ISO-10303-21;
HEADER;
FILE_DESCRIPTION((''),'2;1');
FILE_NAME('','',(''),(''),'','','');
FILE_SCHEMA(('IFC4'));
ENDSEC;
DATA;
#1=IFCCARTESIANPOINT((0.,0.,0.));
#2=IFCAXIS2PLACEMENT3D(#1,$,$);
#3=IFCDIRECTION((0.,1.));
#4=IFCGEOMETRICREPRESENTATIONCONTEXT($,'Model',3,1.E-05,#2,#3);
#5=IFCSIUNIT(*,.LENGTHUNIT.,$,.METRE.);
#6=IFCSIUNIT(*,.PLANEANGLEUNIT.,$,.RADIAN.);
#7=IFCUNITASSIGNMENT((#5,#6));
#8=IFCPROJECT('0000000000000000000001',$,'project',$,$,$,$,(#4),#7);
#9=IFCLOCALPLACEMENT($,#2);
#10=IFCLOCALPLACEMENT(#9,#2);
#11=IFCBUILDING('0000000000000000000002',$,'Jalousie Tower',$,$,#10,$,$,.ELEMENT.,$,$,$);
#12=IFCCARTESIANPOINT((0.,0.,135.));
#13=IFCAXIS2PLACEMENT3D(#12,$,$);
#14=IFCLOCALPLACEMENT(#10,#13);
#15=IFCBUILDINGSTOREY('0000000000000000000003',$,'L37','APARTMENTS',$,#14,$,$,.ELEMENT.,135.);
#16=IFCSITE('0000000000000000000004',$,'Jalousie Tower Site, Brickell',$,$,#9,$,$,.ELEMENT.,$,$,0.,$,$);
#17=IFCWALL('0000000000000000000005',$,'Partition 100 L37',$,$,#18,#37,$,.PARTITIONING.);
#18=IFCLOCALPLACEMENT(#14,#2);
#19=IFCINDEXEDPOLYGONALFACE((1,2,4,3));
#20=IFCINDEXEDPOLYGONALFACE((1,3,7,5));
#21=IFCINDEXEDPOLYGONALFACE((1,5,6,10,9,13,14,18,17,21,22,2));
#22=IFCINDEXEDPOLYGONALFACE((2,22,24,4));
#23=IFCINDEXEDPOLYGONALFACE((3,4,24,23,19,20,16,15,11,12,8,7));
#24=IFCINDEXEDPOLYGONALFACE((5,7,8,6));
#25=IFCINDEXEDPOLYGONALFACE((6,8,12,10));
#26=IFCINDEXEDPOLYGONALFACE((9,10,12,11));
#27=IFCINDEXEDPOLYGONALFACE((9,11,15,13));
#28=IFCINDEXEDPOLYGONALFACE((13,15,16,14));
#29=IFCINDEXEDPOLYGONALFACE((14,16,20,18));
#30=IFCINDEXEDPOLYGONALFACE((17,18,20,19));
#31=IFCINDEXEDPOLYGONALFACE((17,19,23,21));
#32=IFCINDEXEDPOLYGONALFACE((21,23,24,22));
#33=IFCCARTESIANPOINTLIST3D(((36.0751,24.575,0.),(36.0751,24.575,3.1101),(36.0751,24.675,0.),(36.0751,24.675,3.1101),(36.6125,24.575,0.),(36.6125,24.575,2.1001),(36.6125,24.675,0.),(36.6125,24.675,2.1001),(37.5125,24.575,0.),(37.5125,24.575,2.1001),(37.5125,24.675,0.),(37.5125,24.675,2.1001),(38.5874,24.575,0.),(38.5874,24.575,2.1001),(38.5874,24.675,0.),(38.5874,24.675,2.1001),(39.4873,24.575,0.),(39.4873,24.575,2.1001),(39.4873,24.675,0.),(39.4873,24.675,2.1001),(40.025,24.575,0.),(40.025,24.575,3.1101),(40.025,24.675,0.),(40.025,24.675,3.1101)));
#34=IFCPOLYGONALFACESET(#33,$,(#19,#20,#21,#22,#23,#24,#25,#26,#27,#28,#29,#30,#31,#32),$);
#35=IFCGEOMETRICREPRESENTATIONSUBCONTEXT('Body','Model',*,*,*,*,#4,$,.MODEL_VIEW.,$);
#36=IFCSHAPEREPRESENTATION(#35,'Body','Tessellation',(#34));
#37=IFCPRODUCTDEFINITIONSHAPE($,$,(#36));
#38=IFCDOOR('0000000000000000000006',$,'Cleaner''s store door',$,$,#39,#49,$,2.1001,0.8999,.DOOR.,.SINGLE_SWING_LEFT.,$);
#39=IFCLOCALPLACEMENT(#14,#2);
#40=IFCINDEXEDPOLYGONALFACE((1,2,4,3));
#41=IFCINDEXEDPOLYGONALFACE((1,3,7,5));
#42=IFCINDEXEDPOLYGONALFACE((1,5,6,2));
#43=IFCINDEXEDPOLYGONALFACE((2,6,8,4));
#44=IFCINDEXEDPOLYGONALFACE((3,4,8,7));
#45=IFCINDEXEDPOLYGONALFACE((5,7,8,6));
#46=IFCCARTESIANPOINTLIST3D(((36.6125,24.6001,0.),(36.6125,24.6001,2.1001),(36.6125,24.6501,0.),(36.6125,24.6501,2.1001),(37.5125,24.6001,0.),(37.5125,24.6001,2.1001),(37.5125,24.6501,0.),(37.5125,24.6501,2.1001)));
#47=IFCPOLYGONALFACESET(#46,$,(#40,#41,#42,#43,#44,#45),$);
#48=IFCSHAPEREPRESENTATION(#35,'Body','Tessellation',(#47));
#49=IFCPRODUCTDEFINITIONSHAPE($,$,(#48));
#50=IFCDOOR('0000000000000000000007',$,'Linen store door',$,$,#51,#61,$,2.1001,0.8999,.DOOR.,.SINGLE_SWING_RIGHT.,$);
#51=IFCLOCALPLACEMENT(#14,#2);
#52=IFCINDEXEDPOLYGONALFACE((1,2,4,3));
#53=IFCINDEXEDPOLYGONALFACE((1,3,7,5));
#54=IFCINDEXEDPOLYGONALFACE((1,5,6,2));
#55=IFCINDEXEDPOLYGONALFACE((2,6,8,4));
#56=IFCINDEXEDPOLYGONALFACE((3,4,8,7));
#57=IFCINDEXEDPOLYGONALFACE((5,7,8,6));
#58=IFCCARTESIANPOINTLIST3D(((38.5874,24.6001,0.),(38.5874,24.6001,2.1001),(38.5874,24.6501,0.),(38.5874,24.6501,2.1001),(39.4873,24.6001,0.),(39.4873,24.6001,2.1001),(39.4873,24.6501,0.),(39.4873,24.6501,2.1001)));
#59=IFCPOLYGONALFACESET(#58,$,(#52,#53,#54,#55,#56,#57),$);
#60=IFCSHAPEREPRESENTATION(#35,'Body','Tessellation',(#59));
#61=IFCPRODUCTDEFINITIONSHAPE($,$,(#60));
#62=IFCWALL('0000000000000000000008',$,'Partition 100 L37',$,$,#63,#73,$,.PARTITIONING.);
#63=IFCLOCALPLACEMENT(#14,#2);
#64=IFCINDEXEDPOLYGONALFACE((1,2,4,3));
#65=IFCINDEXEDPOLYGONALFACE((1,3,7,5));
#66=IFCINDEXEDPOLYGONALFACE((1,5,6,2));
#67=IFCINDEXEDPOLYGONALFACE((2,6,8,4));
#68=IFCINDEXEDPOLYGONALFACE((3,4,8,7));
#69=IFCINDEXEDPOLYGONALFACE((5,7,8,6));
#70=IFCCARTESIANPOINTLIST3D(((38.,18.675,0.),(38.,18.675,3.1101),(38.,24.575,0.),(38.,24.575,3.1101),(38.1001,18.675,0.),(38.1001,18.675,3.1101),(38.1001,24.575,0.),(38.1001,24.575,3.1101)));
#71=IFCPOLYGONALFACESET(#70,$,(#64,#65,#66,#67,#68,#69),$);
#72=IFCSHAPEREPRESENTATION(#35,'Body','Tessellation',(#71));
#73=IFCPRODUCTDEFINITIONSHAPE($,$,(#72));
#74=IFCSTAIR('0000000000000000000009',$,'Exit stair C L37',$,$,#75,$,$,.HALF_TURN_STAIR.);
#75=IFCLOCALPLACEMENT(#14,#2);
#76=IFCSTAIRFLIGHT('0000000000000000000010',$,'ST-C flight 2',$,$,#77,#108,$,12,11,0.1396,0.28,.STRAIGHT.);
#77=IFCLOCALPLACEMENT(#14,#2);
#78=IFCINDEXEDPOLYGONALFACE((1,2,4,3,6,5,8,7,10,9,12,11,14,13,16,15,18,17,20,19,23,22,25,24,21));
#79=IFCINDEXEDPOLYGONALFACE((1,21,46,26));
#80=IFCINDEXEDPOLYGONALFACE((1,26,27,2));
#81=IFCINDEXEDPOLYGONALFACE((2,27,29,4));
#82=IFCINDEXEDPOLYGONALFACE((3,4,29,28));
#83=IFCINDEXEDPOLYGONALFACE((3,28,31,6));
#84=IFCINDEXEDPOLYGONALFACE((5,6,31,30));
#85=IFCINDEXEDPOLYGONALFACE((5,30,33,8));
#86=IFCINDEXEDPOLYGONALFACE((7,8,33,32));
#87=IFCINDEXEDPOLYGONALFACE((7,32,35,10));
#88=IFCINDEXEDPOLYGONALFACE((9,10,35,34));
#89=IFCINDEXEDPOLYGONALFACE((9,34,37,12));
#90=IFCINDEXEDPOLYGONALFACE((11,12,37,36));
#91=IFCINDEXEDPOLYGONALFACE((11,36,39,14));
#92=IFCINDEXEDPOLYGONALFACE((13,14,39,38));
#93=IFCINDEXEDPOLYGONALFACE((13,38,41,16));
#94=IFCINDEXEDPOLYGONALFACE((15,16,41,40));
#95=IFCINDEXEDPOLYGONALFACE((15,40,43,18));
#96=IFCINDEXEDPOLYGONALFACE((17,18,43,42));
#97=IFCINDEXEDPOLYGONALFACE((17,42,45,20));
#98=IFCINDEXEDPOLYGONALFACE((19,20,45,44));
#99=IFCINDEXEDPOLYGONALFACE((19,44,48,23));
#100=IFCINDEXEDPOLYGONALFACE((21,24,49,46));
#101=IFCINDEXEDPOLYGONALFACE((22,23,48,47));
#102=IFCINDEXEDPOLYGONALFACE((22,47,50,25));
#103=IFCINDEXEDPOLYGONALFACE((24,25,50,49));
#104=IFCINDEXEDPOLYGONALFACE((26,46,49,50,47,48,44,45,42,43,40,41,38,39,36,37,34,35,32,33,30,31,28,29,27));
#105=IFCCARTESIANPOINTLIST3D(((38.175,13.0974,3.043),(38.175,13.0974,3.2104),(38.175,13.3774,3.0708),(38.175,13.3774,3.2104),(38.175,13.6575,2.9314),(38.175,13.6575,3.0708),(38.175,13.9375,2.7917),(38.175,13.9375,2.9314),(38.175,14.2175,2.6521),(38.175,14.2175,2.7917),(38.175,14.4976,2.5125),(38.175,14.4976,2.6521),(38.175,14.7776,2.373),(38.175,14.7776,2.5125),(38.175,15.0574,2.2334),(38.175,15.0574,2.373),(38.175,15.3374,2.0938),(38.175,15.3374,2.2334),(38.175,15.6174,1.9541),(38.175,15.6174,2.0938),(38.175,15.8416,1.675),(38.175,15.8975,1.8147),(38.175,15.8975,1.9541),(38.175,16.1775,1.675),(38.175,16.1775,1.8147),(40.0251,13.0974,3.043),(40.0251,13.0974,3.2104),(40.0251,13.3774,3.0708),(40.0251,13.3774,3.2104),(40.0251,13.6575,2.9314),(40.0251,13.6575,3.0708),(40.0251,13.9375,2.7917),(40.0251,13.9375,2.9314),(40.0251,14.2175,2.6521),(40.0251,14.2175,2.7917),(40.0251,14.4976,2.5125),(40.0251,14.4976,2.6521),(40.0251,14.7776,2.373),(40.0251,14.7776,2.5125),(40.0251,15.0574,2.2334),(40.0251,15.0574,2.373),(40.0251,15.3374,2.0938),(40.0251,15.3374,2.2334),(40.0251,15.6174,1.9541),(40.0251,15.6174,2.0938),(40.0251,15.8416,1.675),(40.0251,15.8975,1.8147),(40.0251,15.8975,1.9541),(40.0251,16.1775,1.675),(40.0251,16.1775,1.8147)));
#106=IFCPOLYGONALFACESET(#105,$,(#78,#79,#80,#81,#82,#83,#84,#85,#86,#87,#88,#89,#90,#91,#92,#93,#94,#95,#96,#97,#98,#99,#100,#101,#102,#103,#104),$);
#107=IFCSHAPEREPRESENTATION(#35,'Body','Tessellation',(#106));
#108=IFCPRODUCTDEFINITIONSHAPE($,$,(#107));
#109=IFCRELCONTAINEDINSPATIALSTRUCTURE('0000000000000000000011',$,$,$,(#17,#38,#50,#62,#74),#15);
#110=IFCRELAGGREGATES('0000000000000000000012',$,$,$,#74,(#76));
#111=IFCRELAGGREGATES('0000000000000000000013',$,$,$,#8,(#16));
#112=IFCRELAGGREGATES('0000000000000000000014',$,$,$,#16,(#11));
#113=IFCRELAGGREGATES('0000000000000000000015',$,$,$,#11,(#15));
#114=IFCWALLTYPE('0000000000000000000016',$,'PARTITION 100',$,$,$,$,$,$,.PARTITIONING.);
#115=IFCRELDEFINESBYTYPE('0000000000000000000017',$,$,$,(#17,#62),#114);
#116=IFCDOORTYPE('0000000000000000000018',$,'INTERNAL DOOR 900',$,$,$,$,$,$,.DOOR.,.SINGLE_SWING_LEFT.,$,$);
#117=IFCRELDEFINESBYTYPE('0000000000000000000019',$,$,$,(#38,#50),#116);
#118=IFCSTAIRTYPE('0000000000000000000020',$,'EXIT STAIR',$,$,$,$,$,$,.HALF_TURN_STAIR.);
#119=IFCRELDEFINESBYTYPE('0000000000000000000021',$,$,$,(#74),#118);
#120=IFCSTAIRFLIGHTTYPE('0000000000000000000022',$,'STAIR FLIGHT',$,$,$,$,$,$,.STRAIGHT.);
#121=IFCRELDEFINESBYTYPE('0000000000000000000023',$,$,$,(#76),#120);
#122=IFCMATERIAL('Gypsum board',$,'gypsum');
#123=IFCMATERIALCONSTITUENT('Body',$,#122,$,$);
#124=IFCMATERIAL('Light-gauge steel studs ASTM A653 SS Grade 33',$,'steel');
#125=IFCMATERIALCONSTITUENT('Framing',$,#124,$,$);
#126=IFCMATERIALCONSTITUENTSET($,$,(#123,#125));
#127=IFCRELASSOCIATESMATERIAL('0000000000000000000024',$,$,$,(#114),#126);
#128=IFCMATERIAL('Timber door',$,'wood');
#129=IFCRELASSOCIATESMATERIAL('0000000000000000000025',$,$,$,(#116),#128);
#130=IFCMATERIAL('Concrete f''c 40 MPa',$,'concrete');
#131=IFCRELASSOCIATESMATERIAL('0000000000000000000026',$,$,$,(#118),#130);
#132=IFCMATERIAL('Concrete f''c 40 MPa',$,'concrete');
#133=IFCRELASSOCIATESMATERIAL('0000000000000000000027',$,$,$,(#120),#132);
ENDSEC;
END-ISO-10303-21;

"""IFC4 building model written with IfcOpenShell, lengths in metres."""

from ifc_helpers import new_model, si_unit, direction, frame, frame_2d, origin, place, context, subcontext, project, spatial, polyline, rectangle, outline, extrude, material, constituent, constituent_set, type_object, element, fill, aggregate, save


model = new_model("IFC4")

# Units and contexts
model_context = context("Model", 3, precision=1e-05, world=origin(), true_north=direction((0.0, 1.0)))
body_context = subcontext(model_context, "Body", "Model", "MODEL_VIEW")
ifc_project = project(units=[si_unit("LENGTHUNIT", "METRE"), si_unit("PLANEANGLEUNIT", "RADIAN")], contexts=[model_context])

# Site, building, storey
site_placement = place(None, origin())
site = spatial("IfcSite", under=ifc_project, at=site_placement, Name="Jalousie Tower Site, Brickell", CompositionType="ELEMENT", RefElevation=0.0)
building_placement = place(site_placement, origin())
building = spatial("IfcBuilding", under=site, at=building_placement, Name="Jalousie Tower", CompositionType="ELEMENT")
storey_placement = place(building_placement, frame((0.0, 0.0, 135.0)))
storey = spatial("IfcBuildingStorey", under=building, at=storey_placement, Name="L37", Description="APARTMENTS", CompositionType="ELEMENT", Elevation=135.0)

# Wall, openings, doors
ifc_material_1 = material(Name="Gypsum board", Category="gypsum")
ifc_constituent_1 = constituent(ifc_material_1, Name="Body")
ifc_material_2 = material(Name="Light-gauge steel studs ASTM A653 SS Grade 33", Category="steel")
ifc_constituent_2 = constituent(ifc_material_2, Name="Framing")
ifc_constituent_set_1 = constituent_set(constituents=[ifc_constituent_1, ifc_constituent_2])
wall_type_1 = type_object("IfcWallType", Name="PARTITION 100", PredefinedType="PARTITIONING", material=ifc_constituent_set_1)
wall_1_placement = place(storey_placement, frame((36.075, 24.625, 0.0), z_axis=(0.0, 0.0, 1.0), x_axis=(1.0, 0.0, 0.0)))
wall_1 = element("IfcWall", 1, at=wall_1_placement, inside=storey, type_object=wall_type_1, Name="Partition 100 L37", PredefinedType="PARTITIONING", context=body_context, shape_type="SweptSolid", body=[
    extrude(rectangle(XDim=3.95, YDim=0.1001, at=frame_2d((1.9751, 0.0))), origin(), (0.0, 0.0, 1.0), 3.1101),
])
opening_1_placement = place(wall_1_placement, frame((0.5376, 0.0, 0.0)))
opening_1 = element("IfcOpeningElement", 2, at=opening_1_placement, cuts=wall_1, PredefinedType="OPENING", context=body_context, shape_type="SweptSolid", body=[
    extrude(rectangle(XDim=0.8999, YDim=2.1001, at=frame_2d((0.45, 1.05))), frame((0.0, 0.0601, 0.0), z_axis=(0.0, -1.0, 0.0), x_axis=(1.0, 0.0, 0.0)), (0.0, 0.0, 1.0), 0.1201),
])
opening_2_placement = place(wall_1_placement, frame((2.5125, 0.0, 0.0)))
opening_2 = element("IfcOpeningElement", 3, at=opening_2_placement, cuts=wall_1, PredefinedType="OPENING", context=body_context, shape_type="SweptSolid", body=[
    extrude(rectangle(XDim=0.8999, YDim=2.1001, at=frame_2d((0.45, 1.05))), frame((0.0, 0.0601, 0.0), z_axis=(0.0, -1.0, 0.0), x_axis=(1.0, 0.0, 0.0)), (0.0, 0.0, 1.0), 0.1201),
])
ifc_material_3 = material(Name="Timber door", Category="wood")
door_type_1 = type_object("IfcDoorType", Name="INTERNAL DOOR 900", OperationType="SINGLE_SWING_LEFT", PredefinedType="DOOR", material=ifc_material_3)
door_1_placement = place(opening_1_placement, frame((0.8999, 0.0, 0.0), z_axis=(0.0, 0.0, 1.0), x_axis=(-1.0, 0.0, 0.0)))
door_1 = element("IfcDoor", 4, at=door_1_placement, inside=storey, type_object=door_type_1, Name="Cleaner's store door", OperationType="SINGLE_SWING_LEFT", OverallHeight=2.1001, OverallWidth=0.8999, PredefinedType="DOOR", context=body_context, shape_type="SweptSolid", body=[
    extrude(rectangle(XDim=0.8999, YDim=2.1001, at=frame_2d((0.45, 1.05))), frame((0.0, 0.0249, 0.0), z_axis=(0.0, -1.0, 0.0), x_axis=(1.0, 0.0, 0.0)), (0.0, 0.0, 1.0), 0.05),
])
fill(opening_1, door_1)
door_2_placement = place(opening_2_placement, frame((0.8999, 0.0, 0.0), z_axis=(0.0, 0.0, 1.0), x_axis=(-1.0, 0.0, 0.0)))
door_2 = element("IfcDoor", 5, at=door_2_placement, inside=storey, type_object=door_type_1, Name="Linen store door", OperationType="SINGLE_SWING_RIGHT", OverallHeight=2.1001, OverallWidth=0.8999, PredefinedType="DOOR", context=body_context, shape_type="SweptSolid", body=[
    extrude(rectangle(XDim=0.8999, YDim=2.1001, at=frame_2d((0.45, 1.05))), frame((0.0, 0.0249, 0.0), z_axis=(0.0, -1.0, 0.0), x_axis=(1.0, 0.0, 0.0)), (0.0, 0.0, 1.0), 0.05),
])
fill(opening_2, door_2)

# Wall
wall_2_placement = place(storey_placement, frame((38.05, 18.675, 0.0), z_axis=(0.0, 0.0, 1.0), x_axis=(0.0, 1.0, 0.0)))
element("IfcWall", 6, at=wall_2_placement, inside=storey, type_object=wall_type_1, Name="Partition 100 L37", PredefinedType="PARTITIONING", context=body_context, shape_type="SweptSolid", body=[
    extrude(rectangle(XDim=5.8999, YDim=0.1001, at=frame_2d((2.95, 0.0))), origin(), (0.0, 0.0, 1.0), 3.1101),
])

# Stair, stair flight
ifc_material_4 = material(Name="Concrete f'c 40 MPa", Category="concrete")
stair_type = type_object("IfcStairType", Name="EXIT STAIR", PredefinedType="HALF_TURN_STAIR", material=ifc_material_4)
stair_placement = place(storey_placement, origin())
stair = element("IfcStair", 7, at=stair_placement, inside=storey, type_object=stair_type, Name="Exit stair C L37", PredefinedType="HALF_TURN_STAIR")
ifc_material_5 = material(Name="Concrete f'c 40 MPa", Category="concrete")
stair_flight_type = type_object("IfcStairFlightType", Name="STAIR FLIGHT", PredefinedType="STRAIGHT", material=ifc_material_5)
stair_flight_placement = place(storey_placement, frame((39.1001, 16.1775, 1.675), z_axis=(0.0, 0.0, 1.0), x_axis=(0.0, -1.0, 0.0)))
stair_flight = element("IfcStairFlight", 8, at=stair_flight_placement, type_object=stair_flight_type, Name="ST-C flight 2", NumberOfRisers=12, NumberOfTreads=11, PredefinedType="STRAIGHT", RiserHeight=0.1396, TreadLength=0.28, context=body_context, shape_type="SweptSolid", body=[
    extrude(outline(polyline([(0.0, 0.0), (0.0, 0.1396), (0.28, 0.1396), (0.28, 0.2791), (0.5601, 0.2791), (0.5601, 0.4187), (0.8401, 0.4187), (0.8401, 0.5583), (1.1201, 0.5583), (1.1201, 0.698), (1.3999, 0.698), (1.3999, 0.8374), (1.6799, 0.8374), (1.6799, 0.9771), (1.96, 0.9771), (1.96, 1.1167), (2.24, 1.1167), (2.24, 1.2563), (2.52, 1.2563), (2.52, 1.3958), (2.8, 1.3958), (2.8, 1.5354), (3.0801, 1.5354), (3.0801, 1.675), (3.0801, 1.3679), (0.3359, 0.0), (0.0, 0.0)])), frame((0.0, 0.925, 0.0), z_axis=(0.0, -1.0, 0.0), x_axis=(1.0, 0.0, 0.0)), (0.0, 0.0, 1.0), 1.8501),
])
aggregate(stair, [stair_flight])

save(model, "model.ifc")
